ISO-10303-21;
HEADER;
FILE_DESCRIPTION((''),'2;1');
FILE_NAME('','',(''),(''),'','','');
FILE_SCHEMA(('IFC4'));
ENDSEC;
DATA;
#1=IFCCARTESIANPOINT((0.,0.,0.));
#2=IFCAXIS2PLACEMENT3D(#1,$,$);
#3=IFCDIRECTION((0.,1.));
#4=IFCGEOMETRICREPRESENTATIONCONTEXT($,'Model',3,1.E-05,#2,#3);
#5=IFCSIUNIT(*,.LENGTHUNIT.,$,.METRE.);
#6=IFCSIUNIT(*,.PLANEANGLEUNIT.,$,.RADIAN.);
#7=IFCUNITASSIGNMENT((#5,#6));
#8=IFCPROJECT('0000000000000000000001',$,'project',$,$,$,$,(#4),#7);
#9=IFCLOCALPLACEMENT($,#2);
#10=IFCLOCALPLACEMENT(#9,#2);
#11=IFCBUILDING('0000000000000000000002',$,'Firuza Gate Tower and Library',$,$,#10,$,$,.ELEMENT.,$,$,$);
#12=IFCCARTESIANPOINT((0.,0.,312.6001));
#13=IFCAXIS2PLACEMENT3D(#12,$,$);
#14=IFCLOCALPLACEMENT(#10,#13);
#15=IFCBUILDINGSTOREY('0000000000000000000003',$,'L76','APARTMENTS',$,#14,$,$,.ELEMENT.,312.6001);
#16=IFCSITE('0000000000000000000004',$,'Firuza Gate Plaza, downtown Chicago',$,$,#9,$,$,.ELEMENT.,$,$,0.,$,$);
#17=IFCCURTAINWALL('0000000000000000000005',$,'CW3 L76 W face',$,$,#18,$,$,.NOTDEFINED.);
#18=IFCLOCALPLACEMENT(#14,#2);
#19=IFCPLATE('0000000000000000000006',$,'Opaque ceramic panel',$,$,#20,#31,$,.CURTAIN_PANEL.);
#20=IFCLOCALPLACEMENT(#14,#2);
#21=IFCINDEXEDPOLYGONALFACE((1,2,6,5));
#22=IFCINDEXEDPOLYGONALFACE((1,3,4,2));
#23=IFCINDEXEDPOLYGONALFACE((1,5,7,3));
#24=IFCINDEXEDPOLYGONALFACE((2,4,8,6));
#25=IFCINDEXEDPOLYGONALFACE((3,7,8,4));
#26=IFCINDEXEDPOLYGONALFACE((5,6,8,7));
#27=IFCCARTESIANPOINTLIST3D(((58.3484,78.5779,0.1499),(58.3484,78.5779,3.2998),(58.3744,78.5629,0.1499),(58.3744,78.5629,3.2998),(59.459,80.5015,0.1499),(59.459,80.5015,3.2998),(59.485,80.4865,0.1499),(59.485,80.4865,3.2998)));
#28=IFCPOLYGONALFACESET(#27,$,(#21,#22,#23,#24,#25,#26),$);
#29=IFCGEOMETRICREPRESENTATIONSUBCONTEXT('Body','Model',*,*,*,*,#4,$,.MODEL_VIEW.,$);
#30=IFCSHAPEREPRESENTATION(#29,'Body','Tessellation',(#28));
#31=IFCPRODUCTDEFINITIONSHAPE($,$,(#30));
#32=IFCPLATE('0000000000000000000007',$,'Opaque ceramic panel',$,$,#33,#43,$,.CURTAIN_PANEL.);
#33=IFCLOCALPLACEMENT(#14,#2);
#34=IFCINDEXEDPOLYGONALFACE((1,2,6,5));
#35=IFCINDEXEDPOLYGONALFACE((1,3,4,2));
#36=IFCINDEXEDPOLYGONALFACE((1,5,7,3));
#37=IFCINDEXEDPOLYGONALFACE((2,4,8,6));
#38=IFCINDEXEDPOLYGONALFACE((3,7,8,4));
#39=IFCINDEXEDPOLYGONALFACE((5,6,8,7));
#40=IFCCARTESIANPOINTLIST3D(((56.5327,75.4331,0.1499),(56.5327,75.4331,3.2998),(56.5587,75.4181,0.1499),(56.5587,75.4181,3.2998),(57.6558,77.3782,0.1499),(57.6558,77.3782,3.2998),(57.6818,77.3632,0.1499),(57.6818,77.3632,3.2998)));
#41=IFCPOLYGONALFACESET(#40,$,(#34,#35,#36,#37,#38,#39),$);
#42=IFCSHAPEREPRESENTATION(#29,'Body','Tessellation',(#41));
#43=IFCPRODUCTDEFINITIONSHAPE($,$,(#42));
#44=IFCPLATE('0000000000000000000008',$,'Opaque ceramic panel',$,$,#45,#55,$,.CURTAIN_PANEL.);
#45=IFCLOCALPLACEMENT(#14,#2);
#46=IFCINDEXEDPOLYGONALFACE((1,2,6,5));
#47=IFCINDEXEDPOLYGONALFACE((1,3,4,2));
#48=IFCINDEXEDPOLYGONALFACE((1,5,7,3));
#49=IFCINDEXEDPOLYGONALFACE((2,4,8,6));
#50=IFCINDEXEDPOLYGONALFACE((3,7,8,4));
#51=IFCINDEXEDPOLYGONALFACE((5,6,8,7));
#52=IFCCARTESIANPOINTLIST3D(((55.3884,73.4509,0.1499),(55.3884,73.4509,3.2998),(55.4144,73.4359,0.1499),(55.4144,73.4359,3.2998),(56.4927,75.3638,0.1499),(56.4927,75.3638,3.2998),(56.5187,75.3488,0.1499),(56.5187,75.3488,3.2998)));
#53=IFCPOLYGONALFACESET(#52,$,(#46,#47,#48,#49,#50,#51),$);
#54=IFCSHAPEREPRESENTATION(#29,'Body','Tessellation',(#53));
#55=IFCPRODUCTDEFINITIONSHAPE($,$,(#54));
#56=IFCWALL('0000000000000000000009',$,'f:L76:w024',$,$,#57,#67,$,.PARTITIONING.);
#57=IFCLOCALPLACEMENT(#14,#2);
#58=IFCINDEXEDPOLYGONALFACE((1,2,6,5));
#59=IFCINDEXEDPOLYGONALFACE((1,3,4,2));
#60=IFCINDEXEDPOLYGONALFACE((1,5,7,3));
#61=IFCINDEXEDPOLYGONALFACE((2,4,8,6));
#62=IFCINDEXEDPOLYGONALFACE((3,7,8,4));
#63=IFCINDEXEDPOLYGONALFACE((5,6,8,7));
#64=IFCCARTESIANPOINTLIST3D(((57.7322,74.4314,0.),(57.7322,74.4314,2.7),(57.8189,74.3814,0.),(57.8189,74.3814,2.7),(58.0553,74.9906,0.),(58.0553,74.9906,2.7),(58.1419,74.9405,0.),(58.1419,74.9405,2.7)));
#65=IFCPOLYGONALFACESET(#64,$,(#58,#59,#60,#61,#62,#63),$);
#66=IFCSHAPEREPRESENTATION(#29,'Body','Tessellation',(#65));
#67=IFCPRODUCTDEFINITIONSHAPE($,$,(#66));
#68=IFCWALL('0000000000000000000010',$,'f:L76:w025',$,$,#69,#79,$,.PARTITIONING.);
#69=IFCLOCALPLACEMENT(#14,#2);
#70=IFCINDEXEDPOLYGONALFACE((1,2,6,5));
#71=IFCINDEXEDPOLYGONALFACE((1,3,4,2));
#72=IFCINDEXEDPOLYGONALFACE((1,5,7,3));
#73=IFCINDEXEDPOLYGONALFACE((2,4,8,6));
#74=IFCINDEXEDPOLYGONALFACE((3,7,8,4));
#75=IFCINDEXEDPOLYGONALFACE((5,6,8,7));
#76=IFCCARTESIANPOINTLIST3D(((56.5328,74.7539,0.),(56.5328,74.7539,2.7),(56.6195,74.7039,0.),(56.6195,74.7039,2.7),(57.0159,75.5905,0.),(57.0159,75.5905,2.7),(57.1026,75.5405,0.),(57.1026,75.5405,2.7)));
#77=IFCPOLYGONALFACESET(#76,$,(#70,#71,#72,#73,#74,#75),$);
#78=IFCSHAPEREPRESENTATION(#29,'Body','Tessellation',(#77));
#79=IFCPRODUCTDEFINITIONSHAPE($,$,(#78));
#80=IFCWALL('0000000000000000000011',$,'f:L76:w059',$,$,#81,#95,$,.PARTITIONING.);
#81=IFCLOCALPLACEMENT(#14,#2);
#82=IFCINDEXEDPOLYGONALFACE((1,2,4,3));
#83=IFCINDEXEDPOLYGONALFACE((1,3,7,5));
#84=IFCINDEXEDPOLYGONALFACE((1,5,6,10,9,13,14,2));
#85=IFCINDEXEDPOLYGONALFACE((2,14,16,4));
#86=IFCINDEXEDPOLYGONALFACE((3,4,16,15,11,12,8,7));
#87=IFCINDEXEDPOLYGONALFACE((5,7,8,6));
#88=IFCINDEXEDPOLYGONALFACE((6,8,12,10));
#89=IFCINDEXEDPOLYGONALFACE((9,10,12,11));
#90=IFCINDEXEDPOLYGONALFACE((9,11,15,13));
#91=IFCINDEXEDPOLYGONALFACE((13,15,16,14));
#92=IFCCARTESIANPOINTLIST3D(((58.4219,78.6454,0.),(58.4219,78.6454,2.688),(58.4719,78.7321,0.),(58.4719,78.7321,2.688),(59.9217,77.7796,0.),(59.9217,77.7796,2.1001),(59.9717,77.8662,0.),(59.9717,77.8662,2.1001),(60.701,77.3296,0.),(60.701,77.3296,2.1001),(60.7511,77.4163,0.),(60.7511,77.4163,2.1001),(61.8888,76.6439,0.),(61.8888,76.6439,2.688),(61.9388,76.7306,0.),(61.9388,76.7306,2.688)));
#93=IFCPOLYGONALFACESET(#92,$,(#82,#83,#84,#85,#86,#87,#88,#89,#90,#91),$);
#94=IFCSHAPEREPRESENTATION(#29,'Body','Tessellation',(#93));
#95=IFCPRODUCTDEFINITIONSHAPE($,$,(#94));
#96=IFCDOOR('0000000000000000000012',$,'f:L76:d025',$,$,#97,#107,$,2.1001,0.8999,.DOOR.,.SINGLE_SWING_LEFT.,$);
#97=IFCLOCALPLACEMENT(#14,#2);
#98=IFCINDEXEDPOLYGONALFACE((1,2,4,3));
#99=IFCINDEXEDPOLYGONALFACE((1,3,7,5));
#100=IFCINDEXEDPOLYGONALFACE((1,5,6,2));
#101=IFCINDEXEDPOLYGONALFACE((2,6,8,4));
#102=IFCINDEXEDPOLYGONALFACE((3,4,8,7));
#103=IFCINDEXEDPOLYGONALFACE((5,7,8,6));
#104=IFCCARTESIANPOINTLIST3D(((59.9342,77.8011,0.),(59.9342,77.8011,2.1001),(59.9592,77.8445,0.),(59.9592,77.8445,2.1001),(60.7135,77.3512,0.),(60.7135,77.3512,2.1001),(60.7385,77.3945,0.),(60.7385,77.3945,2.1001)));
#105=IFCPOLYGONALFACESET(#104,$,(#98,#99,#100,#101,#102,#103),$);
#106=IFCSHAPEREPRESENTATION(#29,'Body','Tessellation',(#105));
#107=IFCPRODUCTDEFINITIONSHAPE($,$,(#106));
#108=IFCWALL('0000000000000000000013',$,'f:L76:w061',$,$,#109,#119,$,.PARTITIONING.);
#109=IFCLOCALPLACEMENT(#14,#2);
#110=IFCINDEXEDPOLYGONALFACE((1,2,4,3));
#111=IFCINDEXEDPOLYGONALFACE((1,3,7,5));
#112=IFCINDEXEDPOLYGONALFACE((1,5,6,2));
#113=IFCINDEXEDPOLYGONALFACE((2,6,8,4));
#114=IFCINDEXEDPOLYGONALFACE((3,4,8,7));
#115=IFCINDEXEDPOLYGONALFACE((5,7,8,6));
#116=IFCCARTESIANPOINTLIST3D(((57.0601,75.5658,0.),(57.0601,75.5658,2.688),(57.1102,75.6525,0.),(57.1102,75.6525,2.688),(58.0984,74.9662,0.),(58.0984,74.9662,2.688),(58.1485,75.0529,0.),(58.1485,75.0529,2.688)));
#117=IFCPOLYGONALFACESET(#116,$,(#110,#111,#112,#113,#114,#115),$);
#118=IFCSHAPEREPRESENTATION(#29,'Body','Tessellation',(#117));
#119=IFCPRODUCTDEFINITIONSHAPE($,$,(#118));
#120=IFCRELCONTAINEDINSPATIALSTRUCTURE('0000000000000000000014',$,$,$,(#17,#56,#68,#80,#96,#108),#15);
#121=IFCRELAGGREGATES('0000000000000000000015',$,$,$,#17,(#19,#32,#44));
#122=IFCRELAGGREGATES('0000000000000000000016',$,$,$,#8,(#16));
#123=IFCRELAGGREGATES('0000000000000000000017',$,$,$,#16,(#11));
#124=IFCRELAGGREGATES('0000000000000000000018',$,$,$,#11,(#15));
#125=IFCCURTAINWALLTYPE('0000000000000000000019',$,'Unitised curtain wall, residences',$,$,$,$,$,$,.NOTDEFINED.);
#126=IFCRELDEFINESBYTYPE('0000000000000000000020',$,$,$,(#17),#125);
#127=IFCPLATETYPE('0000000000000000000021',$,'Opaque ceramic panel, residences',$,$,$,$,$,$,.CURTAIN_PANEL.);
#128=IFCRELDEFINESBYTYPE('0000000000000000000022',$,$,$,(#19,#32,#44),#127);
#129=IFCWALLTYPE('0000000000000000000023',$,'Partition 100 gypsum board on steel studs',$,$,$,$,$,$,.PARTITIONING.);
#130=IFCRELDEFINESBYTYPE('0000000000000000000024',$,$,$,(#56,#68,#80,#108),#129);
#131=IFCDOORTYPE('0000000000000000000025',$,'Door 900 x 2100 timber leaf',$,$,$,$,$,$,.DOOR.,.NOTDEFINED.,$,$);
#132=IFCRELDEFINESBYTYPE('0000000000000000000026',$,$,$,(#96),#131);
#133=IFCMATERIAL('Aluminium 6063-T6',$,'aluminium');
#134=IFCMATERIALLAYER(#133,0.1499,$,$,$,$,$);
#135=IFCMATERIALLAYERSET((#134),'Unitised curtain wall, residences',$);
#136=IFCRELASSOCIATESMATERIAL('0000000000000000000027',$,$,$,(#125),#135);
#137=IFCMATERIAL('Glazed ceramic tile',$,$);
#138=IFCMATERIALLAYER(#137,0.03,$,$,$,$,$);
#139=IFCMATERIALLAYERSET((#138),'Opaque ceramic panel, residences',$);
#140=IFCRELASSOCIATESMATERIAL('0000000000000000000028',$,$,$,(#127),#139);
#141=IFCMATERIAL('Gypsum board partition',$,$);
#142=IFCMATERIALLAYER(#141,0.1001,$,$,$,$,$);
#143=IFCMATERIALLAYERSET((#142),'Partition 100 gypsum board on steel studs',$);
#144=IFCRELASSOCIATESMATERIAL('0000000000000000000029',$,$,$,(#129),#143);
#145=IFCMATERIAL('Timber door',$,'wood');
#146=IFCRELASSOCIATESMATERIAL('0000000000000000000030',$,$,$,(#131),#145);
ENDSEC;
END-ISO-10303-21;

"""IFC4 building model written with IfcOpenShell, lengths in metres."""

from ifc_helpers import new_model, si_unit, direction, frame, frame_2d, origin, place, context, subcontext, project, spatial, polyline, rectangle, outline, extrude, material, layer, layer_set, type_object, element, fill, aggregate, save


model = new_model("IFC4")

# Units and contexts
model_context = context("Model", 3, precision=1e-05, world=origin(), true_north=direction((0.0, 1.0)))
body_context = subcontext(model_context, "Body", "Model", "MODEL_VIEW")
ifc_project = project(units=[si_unit("LENGTHUNIT", "METRE"), si_unit("PLANEANGLEUNIT", "RADIAN")], contexts=[model_context])

# Site, building, storey
site_placement = place(None, origin())
site = spatial("IfcSite", under=ifc_project, at=site_placement, Name="Firuza Gate Plaza, downtown Chicago", CompositionType="ELEMENT", RefElevation=0.0)
building_placement = place(site_placement, origin())
building = spatial("IfcBuilding", under=site, at=building_placement, Name="Firuza Gate Tower and Library", CompositionType="ELEMENT")
storey_placement = place(building_placement, frame((0.0, 0.0, 312.6001)))
storey = spatial("IfcBuildingStorey", under=building, at=storey_placement, Name="L76", Description="APARTMENTS", CompositionType="ELEMENT", Elevation=312.6001)

# Curtain wall
ifc_material_1 = material(Name="Aluminium 6063-T6", Category="aluminium")
ifc_layer_1 = layer(ifc_material_1, 0.1499)
ifc_layer_set_1 = layer_set([ifc_layer_1], Name="Unitised curtain wall, residences")
curtain_wall_type = type_object("IfcCurtainWallType", Name="Unitised curtain wall, residences", PredefinedType="NOTDEFINED", material=ifc_layer_set_1)
curtain_wall_placement = place(storey_placement, origin())
curtain_wall = element("IfcCurtainWall", 1, at=curtain_wall_placement, inside=storey, type_object=curtain_wall_type, Name="CW3 L76 W face", PredefinedType="NOTDEFINED")

# Plates
ifc_material_2 = material(Name="Glazed ceramic tile")
ifc_layer_2 = layer(ifc_material_2, 0.03)
ifc_layer_set_2 = layer_set([ifc_layer_2], Name="Opaque ceramic panel, residences")
plate_type_1 = type_object("IfcPlateType", Name="Opaque ceramic panel, residences", PredefinedType="CURTAIN_PANEL", material=ifc_layer_set_2)
plate_1_placement = place(storey_placement, frame((59.459, 80.5015, 0.1499), z_axis=(-0.866023, 0.500005, 0.0), x_axis=(-0.500005, -0.866023, 0.0)))
plate_1 = element("IfcPlate", 2, at=plate_1_placement, type_object=plate_type_1, Name="Opaque ceramic panel", PredefinedType="CURTAIN_PANEL", context=body_context, shape_type="SweptSolid", body=[
    extrude(outline(polyline([(0.0, 0.0), (2.2212, 0.0), (2.2212, 3.1499), (0.0, 3.1499), (0.0, 0.0)])), origin(), (0.0, 0.0, -1.0), 0.03),
])
plate_2_placement = place(storey_placement, frame((57.6558, 77.3782, 0.1499), z_axis=(-0.866014, 0.50002, 0.0), x_axis=(-0.50002, -0.866014, 0.0)))
plate_2 = element("IfcPlate", 3, at=plate_2_placement, type_object=plate_type_1, Name="Opaque ceramic panel", PredefinedType="CURTAIN_PANEL", context=body_context, shape_type="SweptSolid", body=[
    extrude(outline(polyline([(0.0, 0.0), (2.246, 0.0), (2.246, 3.1499), (0.0, 3.1499), (0.0, 0.0)])), origin(), (0.0, 0.0, -1.0), 0.03),
])
plate_3_placement = place(storey_placement, frame((56.4927, 75.3638, 0.1499), z_axis=(-0.866051, 0.499955, 0.0), x_axis=(-0.499955, -0.866051, 0.0)))
plate_3 = element("IfcPlate", 4, at=plate_3_placement, type_object=plate_type_1, Name="Opaque ceramic panel", PredefinedType="CURTAIN_PANEL", context=body_context, shape_type="SweptSolid", body=[
    extrude(outline(polyline([(0.0, 0.0), (2.2087, 0.0), (2.2087, 3.1499), (0.0, 3.1499), (0.0, 0.0)])), origin(), (0.0, 0.0, -1.0), 0.03),
])
aggregate(curtain_wall, [plate_1, plate_2, plate_3])

# Walls
ifc_material_3 = material(Name="Gypsum board partition")
ifc_layer_3 = layer(ifc_material_3, 0.1001)
ifc_layer_set_3 = layer_set([ifc_layer_3], Name="Partition 100 gypsum board on steel studs")
wall_type = type_object("IfcWallType", Name="Partition 100 gypsum board on steel studs", PredefinedType="PARTITIONING", material=ifc_layer_set_3)
wall_1_placement = place(storey_placement, frame((57.7756, 74.4065, 0.0), z_axis=(0.0, 0.0, 1.0), x_axis=(0.500246, 0.865883, 0.0)))
element("IfcWall", 5, at=wall_1_placement, inside=storey, type_object=wall_type, Name="f:L76:w024", PredefinedType="PARTITIONING", context=body_context, shape_type="SweptSolid", body=[
    extrude(rectangle(XDim=0.6458, YDim=0.1001, at=frame_2d((0.3228, 0.0))), origin(), (0.0, 0.0, 1.0), 2.7),
])
wall_2_placement = place(storey_placement, frame((56.5762, 74.729, 0.0), z_axis=(0.0, 0.0, 1.0), x_axis=(0.50008, 0.865979, 0.0)))
element("IfcWall", 6, at=wall_2_placement, inside=storey, type_object=wall_type, Name="f:L76:w025", PredefinedType="PARTITIONING", context=body_context, shape_type="SweptSolid", body=[
    extrude(rectangle(XDim=0.9661, YDim=0.1001, at=frame_2d((0.4829, 0.0))), origin(), (0.0, 0.0, 1.0), 2.7),
])

# Wall, opening, door
wall_3_placement = place(storey_placement, frame((58.447, 78.6887, 0.0), z_axis=(0.0, 0.0, 1.0), x_axis=(0.866035, -0.499983, 0.0)))
wall_3 = element("IfcWall", 7, at=wall_3_placement, inside=storey, type_object=wall_type, Name="f:L76:w059", PredefinedType="PARTITIONING", context=body_context, shape_type="SweptSolid", body=[
    extrude(rectangle(XDim=4.0032, YDim=0.1001, at=frame_2d((2.0015, 0.0))), origin(), (0.0, 0.0, 1.0), 2.688),
])
opening_placement = place(wall_3_placement, frame((1.7317, 0.0, 0.0)))
opening = element("IfcOpeningElement", 8, at=opening_placement, cuts=wall_3, PredefinedType="OPENING", context=body_context, shape_type="SweptSolid", body=[
    extrude(rectangle(XDim=0.8999, YDim=2.1001, at=frame_2d((0.45, 1.05))), frame((0.0, 0.0601, 0.0), z_axis=(0.0, -1.0, 0.0), x_axis=(1.0, 0.0, 0.0)), (0.0, 0.0, 1.0), 0.1201),
])
ifc_material_4 = material(Name="Timber door", Category="wood")
door_type = type_object("IfcDoorType", Name="Door 900 x 2100 timber leaf", OperationType="NOTDEFINED", PredefinedType="DOOR", material=ifc_material_4)
door_placement = place(opening_placement, origin())
door = element("IfcDoor", 9, at=door_placement, inside=storey, type_object=door_type, Name="f:L76:d025", OperationType="SINGLE_SWING_LEFT", OverallHeight=2.1001, OverallWidth=0.8999, PredefinedType="DOOR", context=body_context, shape_type="SweptSolid", body=[
    extrude(rectangle(XDim=0.8999, YDim=2.1001, at=frame_2d((0.45, 1.05))), frame((0.0, 0.0249, 0.0), z_axis=(0.0, -1.0, 0.0), x_axis=(1.0, 0.0, 0.0)), (0.0, 0.0, 1.0), 0.05),
])
fill(opening, door)

# Wall
wall_4_placement = place(storey_placement, frame((58.1235, 75.0095, 0.0), z_axis=(0.0, 0.0, 1.0), x_axis=(-0.865979, 0.500081, 0.0)))
element("IfcWall", 10, at=wall_4_placement, inside=storey, type_object=wall_type, Name="f:L76:w061", PredefinedType="PARTITIONING", context=body_context, shape_type="SweptSolid", body=[
    extrude(rectangle(XDim=1.199, YDim=0.1001, at=frame_2d((0.5996, 0.0))), origin(), (0.0, 0.0, 1.0), 2.688),
])

save(model, "model.ifc")
